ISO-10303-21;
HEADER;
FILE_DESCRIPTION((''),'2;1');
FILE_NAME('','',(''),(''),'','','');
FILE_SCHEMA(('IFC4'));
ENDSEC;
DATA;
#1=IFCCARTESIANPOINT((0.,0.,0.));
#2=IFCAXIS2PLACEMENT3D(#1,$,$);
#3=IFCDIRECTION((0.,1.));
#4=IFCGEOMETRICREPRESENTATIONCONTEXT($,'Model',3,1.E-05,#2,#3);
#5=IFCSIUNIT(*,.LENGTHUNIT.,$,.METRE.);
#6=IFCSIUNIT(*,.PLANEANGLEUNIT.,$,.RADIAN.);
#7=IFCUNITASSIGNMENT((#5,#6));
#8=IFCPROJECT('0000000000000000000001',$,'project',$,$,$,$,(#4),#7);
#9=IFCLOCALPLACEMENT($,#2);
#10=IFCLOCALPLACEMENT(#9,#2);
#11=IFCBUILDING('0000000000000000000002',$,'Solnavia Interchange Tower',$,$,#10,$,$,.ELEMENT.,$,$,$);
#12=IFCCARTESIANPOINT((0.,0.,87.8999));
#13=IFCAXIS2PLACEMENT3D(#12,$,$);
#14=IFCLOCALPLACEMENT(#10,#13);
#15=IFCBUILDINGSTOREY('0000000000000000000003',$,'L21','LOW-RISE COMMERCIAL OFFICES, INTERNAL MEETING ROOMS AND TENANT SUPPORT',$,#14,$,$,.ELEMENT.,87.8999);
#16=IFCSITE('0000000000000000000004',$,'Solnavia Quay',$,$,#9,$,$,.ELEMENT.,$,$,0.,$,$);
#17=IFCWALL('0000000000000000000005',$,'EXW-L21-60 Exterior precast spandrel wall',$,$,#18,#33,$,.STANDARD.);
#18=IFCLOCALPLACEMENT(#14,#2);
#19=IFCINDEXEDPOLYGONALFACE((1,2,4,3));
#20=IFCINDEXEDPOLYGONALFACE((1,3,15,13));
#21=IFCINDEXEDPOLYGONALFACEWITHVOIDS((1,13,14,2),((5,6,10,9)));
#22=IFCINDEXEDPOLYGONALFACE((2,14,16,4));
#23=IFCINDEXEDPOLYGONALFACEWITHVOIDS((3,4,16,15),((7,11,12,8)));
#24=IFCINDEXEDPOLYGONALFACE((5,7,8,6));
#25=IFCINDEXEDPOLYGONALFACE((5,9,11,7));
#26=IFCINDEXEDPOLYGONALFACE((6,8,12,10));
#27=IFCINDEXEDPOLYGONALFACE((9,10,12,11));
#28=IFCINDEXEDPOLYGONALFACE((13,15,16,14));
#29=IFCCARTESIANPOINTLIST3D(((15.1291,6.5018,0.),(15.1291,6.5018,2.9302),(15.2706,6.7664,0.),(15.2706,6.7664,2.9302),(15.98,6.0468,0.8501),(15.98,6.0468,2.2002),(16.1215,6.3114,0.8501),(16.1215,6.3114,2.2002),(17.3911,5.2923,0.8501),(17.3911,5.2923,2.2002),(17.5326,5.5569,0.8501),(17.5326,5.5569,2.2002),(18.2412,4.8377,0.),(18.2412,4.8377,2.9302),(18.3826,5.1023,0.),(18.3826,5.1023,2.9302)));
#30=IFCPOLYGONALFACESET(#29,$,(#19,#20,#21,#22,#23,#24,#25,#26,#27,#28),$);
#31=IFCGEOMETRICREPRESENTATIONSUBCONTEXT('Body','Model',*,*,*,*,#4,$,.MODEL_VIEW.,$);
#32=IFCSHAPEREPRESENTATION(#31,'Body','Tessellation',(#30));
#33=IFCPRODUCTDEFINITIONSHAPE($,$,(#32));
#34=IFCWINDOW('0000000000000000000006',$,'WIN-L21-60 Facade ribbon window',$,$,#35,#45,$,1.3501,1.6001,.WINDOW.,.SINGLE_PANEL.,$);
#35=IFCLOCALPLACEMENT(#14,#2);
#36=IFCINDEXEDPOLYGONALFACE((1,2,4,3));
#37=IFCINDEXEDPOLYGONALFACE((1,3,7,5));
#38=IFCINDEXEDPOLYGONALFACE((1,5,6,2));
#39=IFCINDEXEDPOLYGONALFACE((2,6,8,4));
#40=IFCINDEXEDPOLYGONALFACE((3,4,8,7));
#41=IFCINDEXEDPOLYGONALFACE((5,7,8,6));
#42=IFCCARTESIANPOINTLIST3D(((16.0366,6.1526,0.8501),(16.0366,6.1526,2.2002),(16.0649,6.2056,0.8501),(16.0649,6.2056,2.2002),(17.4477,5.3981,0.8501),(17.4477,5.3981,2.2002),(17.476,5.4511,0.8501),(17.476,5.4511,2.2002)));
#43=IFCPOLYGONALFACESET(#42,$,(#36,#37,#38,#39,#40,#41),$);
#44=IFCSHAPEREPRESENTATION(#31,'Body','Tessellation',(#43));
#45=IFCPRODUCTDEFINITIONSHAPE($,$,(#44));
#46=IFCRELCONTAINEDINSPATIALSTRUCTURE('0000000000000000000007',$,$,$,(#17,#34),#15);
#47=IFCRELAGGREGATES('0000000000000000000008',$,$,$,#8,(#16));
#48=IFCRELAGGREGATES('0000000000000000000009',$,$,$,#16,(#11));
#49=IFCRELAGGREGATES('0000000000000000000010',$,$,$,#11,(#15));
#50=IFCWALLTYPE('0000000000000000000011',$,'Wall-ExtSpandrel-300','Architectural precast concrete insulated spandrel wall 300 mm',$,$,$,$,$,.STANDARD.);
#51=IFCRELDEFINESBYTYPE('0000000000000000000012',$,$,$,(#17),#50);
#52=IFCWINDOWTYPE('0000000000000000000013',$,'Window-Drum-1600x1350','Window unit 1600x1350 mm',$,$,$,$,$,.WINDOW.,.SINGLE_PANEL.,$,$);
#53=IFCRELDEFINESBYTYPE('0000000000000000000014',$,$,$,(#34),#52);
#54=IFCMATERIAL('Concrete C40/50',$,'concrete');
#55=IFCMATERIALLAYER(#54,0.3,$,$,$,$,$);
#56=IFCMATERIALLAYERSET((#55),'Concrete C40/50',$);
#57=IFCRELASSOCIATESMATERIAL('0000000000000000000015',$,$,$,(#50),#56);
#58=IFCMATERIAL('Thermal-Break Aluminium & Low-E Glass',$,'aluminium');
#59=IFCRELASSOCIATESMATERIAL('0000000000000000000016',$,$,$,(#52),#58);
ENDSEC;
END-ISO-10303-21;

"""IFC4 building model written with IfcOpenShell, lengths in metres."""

from ifc_helpers import new_model, si_unit, direction, frame, frame_2d, origin, place, context, subcontext, project, spatial, rectangle, extrude, material, layer, layer_set, type_object, element, fill, save


model = new_model("IFC4")

# Units and contexts
model_context = context("Model", 3, precision=1e-05, world=origin(), true_north=direction((0.0, 1.0)))
body_context = subcontext(model_context, "Body", "Model", "MODEL_VIEW")
ifc_project = project(units=[si_unit("LENGTHUNIT", "METRE"), si_unit("PLANEANGLEUNIT", "RADIAN")], contexts=[model_context])

# Site, building, storey
site_placement = place(None, origin())
site = spatial("IfcSite", under=ifc_project, at=site_placement, Name="Solnavia Quay", CompositionType="ELEMENT", RefElevation=0.0)
building_placement = place(site_placement, origin())
building = spatial("IfcBuilding", under=site, at=building_placement, Name="Solnavia Interchange Tower", CompositionType="ELEMENT")
storey_placement = place(building_placement, frame((0.0, 0.0, 87.8999)))
storey = spatial("IfcBuildingStorey", under=building, at=storey_placement, Name="L21", Description="LOW-RISE COMMERCIAL OFFICES, INTERNAL MEETING ROOMS AND TENANT SUPPORT", CompositionType="ELEMENT", Elevation=87.8999)

# Wall, opening, window
ifc_material_1 = material(Name="Concrete C40/50", Category="concrete")
ifc_layer_1 = layer(ifc_material_1, 0.3)
ifc_layer_set_1 = layer_set([ifc_layer_1], Name="Concrete C40/50")
wall_type = type_object("IfcWallType", Name="Wall-ExtSpandrel-300", Description="Architectural precast concrete insulated spandrel wall 300 mm", PredefinedType="STANDARD", material=ifc_layer_set_1)
wall_placement = place(storey_placement, frame((18.312, 4.97, 0.0), z_axis=(0.0, 0.0, 1.0), x_axis=(-0.881847, 0.471536, 0.0)))
wall = element("IfcWall", 1, at=wall_placement, inside=storey, type_object=wall_type, Name="EXW-L21-60 Exterior precast spandrel wall", PredefinedType="STANDARD", context=body_context, shape_type="SweptSolid", body=[
    extrude(rectangle(XDim=3.5291, YDim=0.3, at=frame_2d((1.7646, 0.0))), origin(), (0.0, 0.0, 1.0), 2.9302),
])
opening_placement = place(wall_placement, frame((0.9641, 0.0, 0.8501)))
opening = element("IfcOpeningElement", 2, at=opening_placement, cuts=wall, PredefinedType="OPENING", context=body_context, shape_type="SweptSolid", body=[
    extrude(rectangle(XDim=1.6001, YDim=1.3501, at=frame_2d((0.8, 0.675))), frame((0.0, 0.1602, 0.0), z_axis=(0.0, -1.0, 0.0), x_axis=(1.0, 0.0, 0.0)), (0.0, 0.0, 1.0), 0.3201),
])
ifc_material_2 = material(Name="Thermal-Break Aluminium & Low-E Glass", Category="aluminium")
window_type = type_object("IfcWindowType", Name="Window-Drum-1600x1350", Description="Window unit 1600x1350 mm", PartitioningType="SINGLE_PANEL", PredefinedType="WINDOW", material=ifc_material_2)
window_placement = place(opening_placement, origin())
window = element("IfcWindow", 3, at=window_placement, inside=storey, type_object=window_type, Name="WIN-L21-60 Facade ribbon window", OverallHeight=1.3501, OverallWidth=1.6001, PartitioningType="SINGLE_PANEL", PredefinedType="WINDOW", context=body_context, shape_type="SweptSolid", body=[
    extrude(rectangle(XDim=1.6001, YDim=1.3501, at=frame_2d((0.8, 0.675))), frame((0.0, 0.03, 0.0), z_axis=(0.0, -1.0, 0.0), x_axis=(1.0, 0.0, 0.0)), (0.0, 0.0, 1.0), 0.0601),
])
fill(opening, window)

save(model, "model.ifc")
